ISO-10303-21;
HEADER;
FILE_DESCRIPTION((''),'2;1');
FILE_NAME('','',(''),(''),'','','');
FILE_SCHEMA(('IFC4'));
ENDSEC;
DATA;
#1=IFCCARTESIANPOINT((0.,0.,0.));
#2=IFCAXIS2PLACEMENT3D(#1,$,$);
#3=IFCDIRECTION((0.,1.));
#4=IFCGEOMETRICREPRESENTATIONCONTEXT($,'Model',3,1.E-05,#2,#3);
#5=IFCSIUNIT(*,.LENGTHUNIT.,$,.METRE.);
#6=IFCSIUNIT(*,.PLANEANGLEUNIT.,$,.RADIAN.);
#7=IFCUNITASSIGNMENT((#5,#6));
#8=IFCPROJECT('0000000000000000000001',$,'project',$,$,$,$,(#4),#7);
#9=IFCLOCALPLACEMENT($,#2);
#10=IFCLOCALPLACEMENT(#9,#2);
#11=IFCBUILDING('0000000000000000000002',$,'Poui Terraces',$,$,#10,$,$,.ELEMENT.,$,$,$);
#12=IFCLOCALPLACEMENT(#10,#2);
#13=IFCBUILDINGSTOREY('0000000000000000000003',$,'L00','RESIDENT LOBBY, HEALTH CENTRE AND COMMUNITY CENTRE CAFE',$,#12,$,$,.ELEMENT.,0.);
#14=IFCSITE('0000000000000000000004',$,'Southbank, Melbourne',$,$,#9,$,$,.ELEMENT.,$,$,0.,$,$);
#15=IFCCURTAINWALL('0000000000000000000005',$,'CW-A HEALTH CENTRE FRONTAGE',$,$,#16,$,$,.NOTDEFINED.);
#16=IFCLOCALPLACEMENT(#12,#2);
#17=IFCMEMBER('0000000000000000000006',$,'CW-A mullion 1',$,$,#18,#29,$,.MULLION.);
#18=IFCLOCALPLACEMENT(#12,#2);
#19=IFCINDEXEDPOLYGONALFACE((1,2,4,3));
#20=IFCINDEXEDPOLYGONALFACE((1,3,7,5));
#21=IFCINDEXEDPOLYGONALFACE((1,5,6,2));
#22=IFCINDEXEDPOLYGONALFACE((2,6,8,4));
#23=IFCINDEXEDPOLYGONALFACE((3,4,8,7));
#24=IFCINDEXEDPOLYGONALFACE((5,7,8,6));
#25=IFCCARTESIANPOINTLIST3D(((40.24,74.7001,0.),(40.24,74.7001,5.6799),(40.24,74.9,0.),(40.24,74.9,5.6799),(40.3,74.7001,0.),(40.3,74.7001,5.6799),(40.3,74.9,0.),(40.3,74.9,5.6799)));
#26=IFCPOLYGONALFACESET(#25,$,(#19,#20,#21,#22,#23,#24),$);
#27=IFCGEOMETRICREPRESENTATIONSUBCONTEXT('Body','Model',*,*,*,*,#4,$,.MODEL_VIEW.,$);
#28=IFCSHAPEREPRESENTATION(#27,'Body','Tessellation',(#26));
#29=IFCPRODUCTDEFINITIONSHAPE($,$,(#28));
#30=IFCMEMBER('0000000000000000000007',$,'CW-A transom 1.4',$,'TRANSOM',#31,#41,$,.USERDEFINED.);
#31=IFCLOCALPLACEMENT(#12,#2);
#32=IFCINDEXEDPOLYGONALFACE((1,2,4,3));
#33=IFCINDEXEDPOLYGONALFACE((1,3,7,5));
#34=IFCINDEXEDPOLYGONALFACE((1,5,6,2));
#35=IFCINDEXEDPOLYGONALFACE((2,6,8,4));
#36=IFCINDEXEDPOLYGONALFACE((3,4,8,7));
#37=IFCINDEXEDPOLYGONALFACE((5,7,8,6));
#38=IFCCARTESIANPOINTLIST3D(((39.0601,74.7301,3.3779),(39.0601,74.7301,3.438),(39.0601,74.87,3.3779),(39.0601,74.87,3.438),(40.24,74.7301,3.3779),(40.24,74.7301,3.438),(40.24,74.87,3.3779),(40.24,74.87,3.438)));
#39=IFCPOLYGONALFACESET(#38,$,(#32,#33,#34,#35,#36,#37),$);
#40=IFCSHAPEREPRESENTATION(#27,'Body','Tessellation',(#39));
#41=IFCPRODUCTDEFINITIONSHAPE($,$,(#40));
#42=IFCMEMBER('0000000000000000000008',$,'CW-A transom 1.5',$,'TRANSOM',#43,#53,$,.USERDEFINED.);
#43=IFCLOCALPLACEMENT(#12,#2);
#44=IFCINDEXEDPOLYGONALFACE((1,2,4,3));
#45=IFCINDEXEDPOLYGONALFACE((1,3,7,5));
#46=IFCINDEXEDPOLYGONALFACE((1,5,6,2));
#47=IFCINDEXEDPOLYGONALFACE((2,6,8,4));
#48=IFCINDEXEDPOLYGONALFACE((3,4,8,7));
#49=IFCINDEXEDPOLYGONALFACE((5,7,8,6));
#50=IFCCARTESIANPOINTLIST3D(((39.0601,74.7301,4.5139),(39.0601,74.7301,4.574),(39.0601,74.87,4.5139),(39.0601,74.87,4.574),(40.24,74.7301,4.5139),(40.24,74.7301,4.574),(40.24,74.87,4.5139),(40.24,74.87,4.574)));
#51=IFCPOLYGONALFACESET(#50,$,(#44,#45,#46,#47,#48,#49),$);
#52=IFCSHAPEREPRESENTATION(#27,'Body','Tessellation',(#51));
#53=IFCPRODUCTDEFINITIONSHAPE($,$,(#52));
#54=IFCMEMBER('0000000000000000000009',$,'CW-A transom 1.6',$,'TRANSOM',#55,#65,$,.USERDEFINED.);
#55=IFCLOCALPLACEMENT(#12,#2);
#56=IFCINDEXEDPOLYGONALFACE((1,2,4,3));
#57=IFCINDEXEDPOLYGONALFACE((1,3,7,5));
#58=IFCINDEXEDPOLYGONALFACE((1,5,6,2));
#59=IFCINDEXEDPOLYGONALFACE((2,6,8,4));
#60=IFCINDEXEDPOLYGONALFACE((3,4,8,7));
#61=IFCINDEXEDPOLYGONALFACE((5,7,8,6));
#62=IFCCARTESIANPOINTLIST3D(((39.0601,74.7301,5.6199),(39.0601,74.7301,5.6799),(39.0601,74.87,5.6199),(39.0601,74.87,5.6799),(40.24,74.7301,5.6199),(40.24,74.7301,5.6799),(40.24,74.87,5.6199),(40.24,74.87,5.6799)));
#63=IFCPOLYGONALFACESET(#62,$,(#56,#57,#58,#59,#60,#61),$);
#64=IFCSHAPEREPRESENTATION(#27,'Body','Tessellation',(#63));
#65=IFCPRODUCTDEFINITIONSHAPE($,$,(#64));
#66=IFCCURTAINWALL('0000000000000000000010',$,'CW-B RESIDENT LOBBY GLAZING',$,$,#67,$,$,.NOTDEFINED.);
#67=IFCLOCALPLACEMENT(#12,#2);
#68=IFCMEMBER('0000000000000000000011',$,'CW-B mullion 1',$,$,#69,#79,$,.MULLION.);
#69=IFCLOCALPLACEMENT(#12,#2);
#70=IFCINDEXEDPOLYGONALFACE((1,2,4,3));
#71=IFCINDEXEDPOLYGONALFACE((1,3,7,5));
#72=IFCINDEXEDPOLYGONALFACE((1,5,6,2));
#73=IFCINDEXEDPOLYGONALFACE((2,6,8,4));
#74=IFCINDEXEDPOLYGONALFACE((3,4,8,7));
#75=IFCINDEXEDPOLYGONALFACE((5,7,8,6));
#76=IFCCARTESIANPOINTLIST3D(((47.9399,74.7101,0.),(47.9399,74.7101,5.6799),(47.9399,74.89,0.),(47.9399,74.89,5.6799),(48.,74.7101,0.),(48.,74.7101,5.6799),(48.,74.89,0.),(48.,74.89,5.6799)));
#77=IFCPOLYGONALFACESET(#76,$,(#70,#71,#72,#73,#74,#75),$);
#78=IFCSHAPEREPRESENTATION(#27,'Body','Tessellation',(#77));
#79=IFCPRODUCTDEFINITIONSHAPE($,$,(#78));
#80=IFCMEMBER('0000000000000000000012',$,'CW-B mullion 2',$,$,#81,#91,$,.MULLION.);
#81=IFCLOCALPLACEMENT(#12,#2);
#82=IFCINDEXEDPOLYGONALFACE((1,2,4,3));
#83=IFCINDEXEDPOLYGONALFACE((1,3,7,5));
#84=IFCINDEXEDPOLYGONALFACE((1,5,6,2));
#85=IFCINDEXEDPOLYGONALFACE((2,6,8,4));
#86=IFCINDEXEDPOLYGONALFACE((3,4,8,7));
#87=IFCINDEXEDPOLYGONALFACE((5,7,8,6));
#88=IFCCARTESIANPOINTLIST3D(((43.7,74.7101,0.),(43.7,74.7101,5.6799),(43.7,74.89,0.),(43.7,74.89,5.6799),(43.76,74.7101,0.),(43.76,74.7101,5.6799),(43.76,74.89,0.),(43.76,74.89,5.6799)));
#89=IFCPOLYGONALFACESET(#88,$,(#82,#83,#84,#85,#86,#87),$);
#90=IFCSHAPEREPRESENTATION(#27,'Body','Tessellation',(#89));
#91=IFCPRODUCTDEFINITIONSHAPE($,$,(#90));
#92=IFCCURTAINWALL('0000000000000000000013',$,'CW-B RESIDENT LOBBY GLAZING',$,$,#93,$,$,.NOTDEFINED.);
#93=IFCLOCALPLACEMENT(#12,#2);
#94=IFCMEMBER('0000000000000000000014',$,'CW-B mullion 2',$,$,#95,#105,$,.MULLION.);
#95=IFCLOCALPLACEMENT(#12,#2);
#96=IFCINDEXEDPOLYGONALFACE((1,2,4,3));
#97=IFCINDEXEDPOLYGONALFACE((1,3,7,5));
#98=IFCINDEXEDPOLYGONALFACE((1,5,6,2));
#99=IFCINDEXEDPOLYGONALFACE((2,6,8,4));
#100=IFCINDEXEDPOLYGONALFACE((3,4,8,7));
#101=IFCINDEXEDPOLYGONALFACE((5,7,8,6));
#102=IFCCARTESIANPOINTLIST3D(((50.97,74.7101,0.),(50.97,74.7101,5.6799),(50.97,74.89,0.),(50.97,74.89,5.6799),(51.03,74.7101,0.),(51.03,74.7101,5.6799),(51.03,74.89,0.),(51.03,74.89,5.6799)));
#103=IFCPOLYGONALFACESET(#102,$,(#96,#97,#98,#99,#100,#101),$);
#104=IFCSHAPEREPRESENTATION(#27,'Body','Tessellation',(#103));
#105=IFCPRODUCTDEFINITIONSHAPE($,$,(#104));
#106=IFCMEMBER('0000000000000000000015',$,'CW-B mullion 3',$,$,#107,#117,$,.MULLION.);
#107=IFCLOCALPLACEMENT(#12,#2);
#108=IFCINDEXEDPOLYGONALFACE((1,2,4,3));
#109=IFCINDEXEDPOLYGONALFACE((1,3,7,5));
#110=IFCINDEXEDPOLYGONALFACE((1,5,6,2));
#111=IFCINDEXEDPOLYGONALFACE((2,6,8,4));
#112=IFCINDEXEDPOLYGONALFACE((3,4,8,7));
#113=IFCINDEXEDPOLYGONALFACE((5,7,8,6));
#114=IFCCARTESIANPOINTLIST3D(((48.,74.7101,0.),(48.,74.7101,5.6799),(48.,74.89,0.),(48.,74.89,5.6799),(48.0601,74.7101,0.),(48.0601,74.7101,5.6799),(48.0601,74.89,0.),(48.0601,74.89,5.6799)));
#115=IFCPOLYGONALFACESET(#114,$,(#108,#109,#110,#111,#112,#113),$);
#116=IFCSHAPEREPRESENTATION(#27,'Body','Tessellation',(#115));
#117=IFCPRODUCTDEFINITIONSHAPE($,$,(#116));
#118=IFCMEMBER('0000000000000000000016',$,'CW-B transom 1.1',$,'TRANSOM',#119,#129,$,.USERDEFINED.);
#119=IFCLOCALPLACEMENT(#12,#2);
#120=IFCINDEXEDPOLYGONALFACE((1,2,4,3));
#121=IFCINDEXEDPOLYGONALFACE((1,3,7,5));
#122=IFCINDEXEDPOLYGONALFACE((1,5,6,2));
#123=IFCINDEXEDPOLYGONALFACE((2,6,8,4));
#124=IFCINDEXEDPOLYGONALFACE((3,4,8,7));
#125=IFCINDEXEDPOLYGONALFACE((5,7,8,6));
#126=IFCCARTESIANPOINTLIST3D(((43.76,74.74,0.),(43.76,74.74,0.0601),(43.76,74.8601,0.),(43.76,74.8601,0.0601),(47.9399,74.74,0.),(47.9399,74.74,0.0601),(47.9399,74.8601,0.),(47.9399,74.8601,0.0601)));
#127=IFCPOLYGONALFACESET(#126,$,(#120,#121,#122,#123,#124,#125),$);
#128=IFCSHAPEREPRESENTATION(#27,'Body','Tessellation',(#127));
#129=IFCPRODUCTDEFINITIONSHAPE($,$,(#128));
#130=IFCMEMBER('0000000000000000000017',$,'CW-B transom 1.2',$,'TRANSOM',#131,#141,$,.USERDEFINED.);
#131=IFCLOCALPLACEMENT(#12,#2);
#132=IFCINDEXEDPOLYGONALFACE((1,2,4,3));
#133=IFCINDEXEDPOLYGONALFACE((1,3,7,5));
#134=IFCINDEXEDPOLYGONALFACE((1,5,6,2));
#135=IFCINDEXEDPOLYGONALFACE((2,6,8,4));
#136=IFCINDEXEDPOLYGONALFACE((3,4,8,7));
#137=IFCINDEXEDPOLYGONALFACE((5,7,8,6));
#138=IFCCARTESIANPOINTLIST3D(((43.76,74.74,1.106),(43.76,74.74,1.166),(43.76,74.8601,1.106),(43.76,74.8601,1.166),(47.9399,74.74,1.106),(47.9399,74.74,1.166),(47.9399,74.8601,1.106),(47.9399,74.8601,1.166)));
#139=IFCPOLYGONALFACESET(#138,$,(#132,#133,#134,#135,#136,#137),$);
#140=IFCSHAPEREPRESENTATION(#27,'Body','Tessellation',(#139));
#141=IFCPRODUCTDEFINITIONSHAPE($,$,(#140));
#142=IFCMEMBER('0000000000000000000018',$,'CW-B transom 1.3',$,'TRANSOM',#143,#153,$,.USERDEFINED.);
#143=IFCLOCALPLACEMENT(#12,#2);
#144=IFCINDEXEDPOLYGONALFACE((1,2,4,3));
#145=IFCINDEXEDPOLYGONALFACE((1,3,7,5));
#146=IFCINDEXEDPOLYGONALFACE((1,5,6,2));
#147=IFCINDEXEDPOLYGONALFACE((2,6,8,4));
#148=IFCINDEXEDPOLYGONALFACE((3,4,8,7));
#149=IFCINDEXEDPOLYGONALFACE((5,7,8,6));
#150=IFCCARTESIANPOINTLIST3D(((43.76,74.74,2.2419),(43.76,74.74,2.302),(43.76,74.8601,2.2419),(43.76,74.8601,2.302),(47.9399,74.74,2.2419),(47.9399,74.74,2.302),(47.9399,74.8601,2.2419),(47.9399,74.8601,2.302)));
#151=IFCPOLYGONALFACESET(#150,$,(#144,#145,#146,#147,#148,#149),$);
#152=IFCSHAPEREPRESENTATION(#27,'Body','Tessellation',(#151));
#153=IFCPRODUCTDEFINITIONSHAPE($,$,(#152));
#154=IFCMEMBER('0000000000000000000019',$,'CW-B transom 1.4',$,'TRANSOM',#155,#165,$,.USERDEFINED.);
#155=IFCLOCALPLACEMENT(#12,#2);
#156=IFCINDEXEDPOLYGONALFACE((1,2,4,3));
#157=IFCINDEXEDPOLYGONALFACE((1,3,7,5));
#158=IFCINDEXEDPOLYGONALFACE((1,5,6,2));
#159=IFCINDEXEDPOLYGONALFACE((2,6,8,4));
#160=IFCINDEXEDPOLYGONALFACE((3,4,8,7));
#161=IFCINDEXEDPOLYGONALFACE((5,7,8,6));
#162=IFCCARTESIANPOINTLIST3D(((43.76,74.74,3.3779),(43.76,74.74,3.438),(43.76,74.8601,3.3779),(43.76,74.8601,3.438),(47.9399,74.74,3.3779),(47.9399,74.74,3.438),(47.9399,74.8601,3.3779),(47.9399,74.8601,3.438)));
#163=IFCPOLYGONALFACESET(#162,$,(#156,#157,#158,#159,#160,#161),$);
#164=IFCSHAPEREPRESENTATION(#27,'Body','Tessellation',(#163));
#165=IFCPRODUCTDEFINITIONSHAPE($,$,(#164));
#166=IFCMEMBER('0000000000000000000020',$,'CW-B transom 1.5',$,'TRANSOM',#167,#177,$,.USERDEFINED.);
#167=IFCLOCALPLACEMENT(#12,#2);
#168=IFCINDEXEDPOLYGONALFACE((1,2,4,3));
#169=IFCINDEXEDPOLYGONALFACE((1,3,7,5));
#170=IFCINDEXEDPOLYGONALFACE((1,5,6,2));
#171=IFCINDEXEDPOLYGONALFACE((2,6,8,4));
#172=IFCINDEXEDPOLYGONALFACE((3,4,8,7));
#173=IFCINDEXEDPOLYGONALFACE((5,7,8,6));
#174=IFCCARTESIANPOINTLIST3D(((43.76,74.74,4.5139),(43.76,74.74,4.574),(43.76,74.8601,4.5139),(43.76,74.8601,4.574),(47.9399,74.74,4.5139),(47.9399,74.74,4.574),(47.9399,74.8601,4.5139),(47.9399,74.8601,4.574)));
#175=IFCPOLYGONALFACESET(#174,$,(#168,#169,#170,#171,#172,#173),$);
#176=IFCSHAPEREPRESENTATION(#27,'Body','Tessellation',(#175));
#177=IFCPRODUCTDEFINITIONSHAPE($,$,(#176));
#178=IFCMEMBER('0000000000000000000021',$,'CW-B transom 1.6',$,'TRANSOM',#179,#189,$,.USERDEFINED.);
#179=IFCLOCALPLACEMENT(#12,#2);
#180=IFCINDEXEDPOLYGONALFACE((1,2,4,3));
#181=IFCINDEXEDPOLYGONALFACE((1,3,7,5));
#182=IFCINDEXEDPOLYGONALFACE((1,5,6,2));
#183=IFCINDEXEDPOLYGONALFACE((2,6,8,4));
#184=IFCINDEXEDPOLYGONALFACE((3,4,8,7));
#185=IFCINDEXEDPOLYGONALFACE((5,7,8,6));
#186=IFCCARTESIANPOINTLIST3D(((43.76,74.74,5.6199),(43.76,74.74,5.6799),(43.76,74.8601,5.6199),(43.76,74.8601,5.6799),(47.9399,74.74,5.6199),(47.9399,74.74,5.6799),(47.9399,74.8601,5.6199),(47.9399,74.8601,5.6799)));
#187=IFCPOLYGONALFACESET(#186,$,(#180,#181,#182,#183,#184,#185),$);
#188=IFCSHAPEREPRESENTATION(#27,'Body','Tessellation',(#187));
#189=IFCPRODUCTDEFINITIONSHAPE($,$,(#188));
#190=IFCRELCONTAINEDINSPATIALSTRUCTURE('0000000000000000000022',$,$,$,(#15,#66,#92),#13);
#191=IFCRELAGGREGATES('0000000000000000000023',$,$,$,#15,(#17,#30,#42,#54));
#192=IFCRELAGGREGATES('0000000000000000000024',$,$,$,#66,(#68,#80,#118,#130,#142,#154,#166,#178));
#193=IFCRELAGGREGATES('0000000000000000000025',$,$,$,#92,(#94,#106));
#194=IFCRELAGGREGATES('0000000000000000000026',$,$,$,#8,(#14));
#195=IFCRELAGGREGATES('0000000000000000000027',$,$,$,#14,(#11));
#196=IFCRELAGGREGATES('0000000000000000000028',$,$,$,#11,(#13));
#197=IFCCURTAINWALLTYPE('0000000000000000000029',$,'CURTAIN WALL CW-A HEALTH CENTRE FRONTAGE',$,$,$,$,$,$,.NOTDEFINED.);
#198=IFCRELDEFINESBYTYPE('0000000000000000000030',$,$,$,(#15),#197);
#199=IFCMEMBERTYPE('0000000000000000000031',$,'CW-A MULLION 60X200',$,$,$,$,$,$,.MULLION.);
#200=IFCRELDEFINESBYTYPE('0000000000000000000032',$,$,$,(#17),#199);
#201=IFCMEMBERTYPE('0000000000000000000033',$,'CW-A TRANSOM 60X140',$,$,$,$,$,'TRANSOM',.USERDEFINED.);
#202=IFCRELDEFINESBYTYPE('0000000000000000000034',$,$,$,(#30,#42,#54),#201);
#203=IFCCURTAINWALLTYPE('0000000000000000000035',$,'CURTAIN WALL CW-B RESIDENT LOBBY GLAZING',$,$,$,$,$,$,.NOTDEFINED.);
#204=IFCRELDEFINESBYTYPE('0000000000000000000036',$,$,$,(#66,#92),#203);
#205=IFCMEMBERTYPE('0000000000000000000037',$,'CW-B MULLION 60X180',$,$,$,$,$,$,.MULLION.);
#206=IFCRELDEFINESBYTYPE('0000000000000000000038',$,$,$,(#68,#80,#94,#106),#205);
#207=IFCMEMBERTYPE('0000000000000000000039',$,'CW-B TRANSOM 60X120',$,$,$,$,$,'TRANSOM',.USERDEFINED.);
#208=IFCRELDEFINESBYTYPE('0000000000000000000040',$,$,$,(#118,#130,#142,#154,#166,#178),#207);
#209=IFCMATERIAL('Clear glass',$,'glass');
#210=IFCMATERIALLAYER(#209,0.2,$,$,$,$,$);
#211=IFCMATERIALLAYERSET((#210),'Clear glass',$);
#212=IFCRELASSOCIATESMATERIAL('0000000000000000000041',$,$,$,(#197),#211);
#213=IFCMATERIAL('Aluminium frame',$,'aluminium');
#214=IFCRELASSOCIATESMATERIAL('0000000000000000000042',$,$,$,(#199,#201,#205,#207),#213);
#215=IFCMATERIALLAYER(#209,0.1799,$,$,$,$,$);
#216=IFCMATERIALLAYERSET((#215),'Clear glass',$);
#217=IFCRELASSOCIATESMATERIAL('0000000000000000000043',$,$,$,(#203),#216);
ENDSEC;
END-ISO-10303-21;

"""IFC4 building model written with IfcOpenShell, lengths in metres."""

from ifc_helpers import new_model, si_unit, direction, frame, origin, origin_2d, place, context, subcontext, project, spatial, rectangle, extrude, material, layer, layer_set, material_profile, profile_set, type_object, element, aggregate, save


model = new_model("IFC4")

# Units and contexts
model_context = context("Model", 3, precision=1e-05, world=origin(), true_north=direction((0.0, 1.0)))
body_context = subcontext(model_context, "Body", "Model", "MODEL_VIEW")
ifc_project = project(units=[si_unit("LENGTHUNIT", "METRE"), si_unit("PLANEANGLEUNIT", "RADIAN")], contexts=[model_context])

# Site, building, storey
site_placement = place(None, origin())
site = spatial("IfcSite", under=ifc_project, at=site_placement, Name="Southbank, Melbourne", CompositionType="ELEMENT", RefElevation=0.0)
building_placement = place(site_placement, origin())
building = spatial("IfcBuilding", under=site, at=building_placement, Name="Poui Terraces", CompositionType="ELEMENT")
storey_placement = place(building_placement, origin())
storey = spatial("IfcBuildingStorey", under=building, at=storey_placement, Name="L00", Description="RESIDENT LOBBY, HEALTH CENTRE AND COMMUNITY CENTRE CAFE", CompositionType="ELEMENT", Elevation=0.0)

# Curtain walls, members
ifc_material_1 = material(Name="Clear glass", Category="glass")
ifc_layer_1 = layer(ifc_material_1, 0.2)
ifc_layer_set_1 = layer_set([ifc_layer_1], Name="Clear glass")
curtain_wall_type_1 = type_object("IfcCurtainWallType", Name="CURTAIN WALL CW-A HEALTH CENTRE FRONTAGE", PredefinedType="NOTDEFINED", material=ifc_layer_set_1)
curtain_wall_1_placement = place(storey_placement, origin())
curtain_wall_1 = element("IfcCurtainWall", 1, at=curtain_wall_1_placement, inside=storey, type_object=curtain_wall_type_1, Name="CW-A HEALTH CENTRE FRONTAGE", PredefinedType="NOTDEFINED")
ifc_material_2 = material(Name="Aluminium frame", Category="aluminium")
ifc_material_profile_1 = material_profile(ifc_material_2, rectangle(XDim=0.2, YDim=0.0601, at=origin_2d()), Name="CW-A MULLION 60X200")
ifc_profile_set_1 = profile_set([ifc_material_profile_1], Name="Aluminium frame")
member_type_1 = type_object("IfcMemberType", Name="CW-A MULLION 60X200", PredefinedType="MULLION", material=ifc_profile_set_1)
member_1_placement = place(storey_placement, frame((40.27, 74.8, 0.0), z_axis=(0.0, 0.0, 1.0), x_axis=(0.0, -1.0, 0.0)))
member_1 = element("IfcMember", 2, at=member_1_placement, type_object=member_type_1, Name="CW-A mullion 1", PredefinedType="MULLION", context=body_context, shape_type="SweptSolid", body=[
    extrude(rectangle(XDim=0.2, YDim=0.0601, at=origin_2d()), origin(), (0.0, 0.0, 1.0), 5.6799),
])
ifc_material_profile_2 = material_profile(ifc_material_2, rectangle(XDim=0.1399, YDim=0.0601, at=origin_2d()), Name="CW-A TRANSOM 60X140")
ifc_profile_set_2 = profile_set([ifc_material_profile_2], Name="Aluminium frame")
member_type_2 = type_object("IfcMemberType", Name="CW-A TRANSOM 60X140", ElementType="TRANSOM", PredefinedType="USERDEFINED", material=ifc_profile_set_2)
member_2_placement = place(storey_placement, frame((40.24, 74.8, 3.408), z_axis=(-1.0, 0.0, 0.0), x_axis=(0.0, -1.0, 0.0)))
member_2 = element("IfcMember", 3, at=member_2_placement, type_object=member_type_2, Name="CW-A transom 1.4", ObjectType="TRANSOM", PredefinedType="USERDEFINED", context=body_context, shape_type="SweptSolid", body=[
    extrude(rectangle(XDim=0.1399, YDim=0.0601, at=origin_2d()), origin(), (0.0, 0.0, 1.0), 1.1799),
])
member_3_placement = place(storey_placement, frame((40.24, 74.8, 4.5439), z_axis=(-1.0, 0.0, 0.0), x_axis=(0.0, -1.0, 0.0)))
member_3 = element("IfcMember", 4, at=member_3_placement, type_object=member_type_2, Name="CW-A transom 1.5", ObjectType="TRANSOM", PredefinedType="USERDEFINED", context=body_context, shape_type="SweptSolid", body=[
    extrude(rectangle(XDim=0.1399, YDim=0.0601, at=origin_2d()), origin(), (0.0, 0.0, 1.0), 1.1799),
])
member_4_placement = place(storey_placement, frame((40.24, 74.8, 5.6499), z_axis=(-1.0, 0.0, 0.0), x_axis=(0.0, -1.0, 0.0)))
member_4 = element("IfcMember", 5, at=member_4_placement, type_object=member_type_2, Name="CW-A transom 1.6", ObjectType="TRANSOM", PredefinedType="USERDEFINED", context=body_context, shape_type="SweptSolid", body=[
    extrude(rectangle(XDim=0.1399, YDim=0.0601, at=origin_2d()), origin(), (0.0, 0.0, 1.0), 1.1799),
])
aggregate(curtain_wall_1, [member_1, member_2, member_3, member_4])
ifc_layer_2 = layer(ifc_material_1, 0.1799)
ifc_layer_set_2 = layer_set([ifc_layer_2], Name="Clear glass")
curtain_wall_type_2 = type_object("IfcCurtainWallType", Name="CURTAIN WALL CW-B RESIDENT LOBBY GLAZING", PredefinedType="NOTDEFINED", material=ifc_layer_set_2)
curtain_wall_2_placement = place(storey_placement, origin())
curtain_wall_2 = element("IfcCurtainWall", 6, at=curtain_wall_2_placement, inside=storey, type_object=curtain_wall_type_2, Name="CW-B RESIDENT LOBBY GLAZING", PredefinedType="NOTDEFINED")
ifc_material_profile_3 = material_profile(ifc_material_2, rectangle(XDim=0.1799, YDim=0.0601, at=origin_2d()), Name="CW-B MULLION 60X180")
ifc_profile_set_3 = profile_set([ifc_material_profile_3], Name="Aluminium frame")
member_type_3 = type_object("IfcMemberType", Name="CW-B MULLION 60X180", PredefinedType="MULLION", material=ifc_profile_set_3)
member_5_placement = place(storey_placement, frame((47.97, 74.8, 0.0), z_axis=(0.0, 0.0, 1.0), x_axis=(0.0, -1.0, 0.0)))
member_5 = element("IfcMember", 7, at=member_5_placement, type_object=member_type_3, Name="CW-B mullion 1", PredefinedType="MULLION", context=body_context, shape_type="SweptSolid", body=[
    extrude(rectangle(XDim=0.1799, YDim=0.0601, at=origin_2d()), origin(), (0.0, 0.0, 1.0), 5.6799),
])
member_6_placement = place(storey_placement, frame((43.73, 74.8, 0.0), z_axis=(0.0, 0.0, 1.0), x_axis=(0.0, -1.0, 0.0)))
member_6 = element("IfcMember", 8, at=member_6_placement, type_object=member_type_3, Name="CW-B mullion 2", PredefinedType="MULLION", context=body_context, shape_type="SweptSolid", body=[
    extrude(rectangle(XDim=0.1799, YDim=0.0601, at=origin_2d()), origin(), (0.0, 0.0, 1.0), 5.6799),
])
curtain_wall_3_placement = place(storey_placement, origin())
curtain_wall_3 = element("IfcCurtainWall", 9, at=curtain_wall_3_placement, inside=storey, type_object=curtain_wall_type_2, Name="CW-B RESIDENT LOBBY GLAZING", PredefinedType="NOTDEFINED")
member_7_placement = place(storey_placement, frame((51.0, 74.8, 0.0), z_axis=(0.0, 0.0, 1.0), x_axis=(0.0, -1.0, 0.0)))
member_7 = element("IfcMember", 10, at=member_7_placement, type_object=member_type_3, Name="CW-B mullion 2", PredefinedType="MULLION", context=body_context, shape_type="SweptSolid", body=[
    extrude(rectangle(XDim=0.1799, YDim=0.0601, at=origin_2d()), origin(), (0.0, 0.0, 1.0), 5.6799),
])
member_8_placement = place(storey_placement, frame((48.03, 74.8, 0.0), z_axis=(0.0, 0.0, 1.0), x_axis=(0.0, -1.0, 0.0)))
member_8 = element("IfcMember", 11, at=member_8_placement, type_object=member_type_3, Name="CW-B mullion 3", PredefinedType="MULLION", context=body_context, shape_type="SweptSolid", body=[
    extrude(rectangle(XDim=0.1799, YDim=0.0601, at=origin_2d()), origin(), (0.0, 0.0, 1.0), 5.6799),
])

# Members
ifc_material_profile_4 = material_profile(ifc_material_2, rectangle(XDim=0.1201, YDim=0.0601, at=origin_2d()), Name="CW-B TRANSOM 60X120")
ifc_profile_set_4 = profile_set([ifc_material_profile_4], Name="Aluminium frame")
member_type_4 = type_object("IfcMemberType", Name="CW-B TRANSOM 60X120", ElementType="TRANSOM", PredefinedType="USERDEFINED", material=ifc_profile_set_4)
member_9_placement = place(storey_placement, frame((47.9399, 74.8, 0.03), z_axis=(-1.0, 0.0, 0.0), x_axis=(0.0, -1.0, 0.0)))
member_9 = element("IfcMember", 12, at=member_9_placement, type_object=member_type_4, Name="CW-B transom 1.1", ObjectType="TRANSOM", PredefinedType="USERDEFINED", context=body_context, shape_type="SweptSolid", body=[
    extrude(rectangle(XDim=0.1201, YDim=0.0601, at=origin_2d()), origin(), (0.0, 0.0, 1.0), 4.1799),
])
member_10_placement = place(storey_placement, frame((47.9399, 74.8, 1.136), z_axis=(-1.0, 0.0, 0.0), x_axis=(0.0, -1.0, 0.0)))
member_10 = element("IfcMember", 13, at=member_10_placement, type_object=member_type_4, Name="CW-B transom 1.2", ObjectType="TRANSOM", PredefinedType="USERDEFINED", context=body_context, shape_type="SweptSolid", body=[
    extrude(rectangle(XDim=0.1201, YDim=0.0601, at=origin_2d()), origin(), (0.0, 0.0, 1.0), 4.1799),
])
member_11_placement = place(storey_placement, frame((47.9399, 74.8, 2.272), z_axis=(-1.0, 0.0, 0.0), x_axis=(0.0, -1.0, 0.0)))
member_11 = element("IfcMember", 14, at=member_11_placement, type_object=member_type_4, Name="CW-B transom 1.3", ObjectType="TRANSOM", PredefinedType="USERDEFINED", context=body_context, shape_type="SweptSolid", body=[
    extrude(rectangle(XDim=0.1201, YDim=0.0601, at=origin_2d()), origin(), (0.0, 0.0, 1.0), 4.1799),
])
member_12_placement = place(storey_placement, frame((47.9399, 74.8, 3.408), z_axis=(-1.0, 0.0, 0.0), x_axis=(0.0, -1.0, 0.0)))
member_12 = element("IfcMember", 15, at=member_12_placement, type_object=member_type_4, Name="CW-B transom 1.4", ObjectType="TRANSOM", PredefinedType="USERDEFINED", context=body_context, shape_type="SweptSolid", body=[
    extrude(rectangle(XDim=0.1201, YDim=0.0601, at=origin_2d()), origin(), (0.0, 0.0, 1.0), 4.1799),
])
member_13_placement = place(storey_placement, frame((47.9399, 74.8, 4.5439), z_axis=(-1.0, 0.0, 0.0), x_axis=(0.0, -1.0, 0.0)))
member_13 = element("IfcMember", 16, at=member_13_placement, type_object=member_type_4, Name="CW-B transom 1.5", ObjectType="TRANSOM", PredefinedType="USERDEFINED", context=body_context, shape_type="SweptSolid", body=[
    extrude(rectangle(XDim=0.1201, YDim=0.0601, at=origin_2d()), origin(), (0.0, 0.0, 1.0), 4.1799),
])
member_14_placement = place(storey_placement, frame((47.9399, 74.8, 5.6499), z_axis=(-1.0, 0.0, 0.0), x_axis=(0.0, -1.0, 0.0)))
member_14 = element("IfcMember", 17, at=member_14_placement, type_object=member_type_4, Name="CW-B transom 1.6", ObjectType="TRANSOM", PredefinedType="USERDEFINED", context=body_context, shape_type="SweptSolid", body=[
    extrude(rectangle(XDim=0.1201, YDim=0.0601, at=origin_2d()), origin(), (0.0, 0.0, 1.0), 4.1799),
])

aggregate(curtain_wall_2, [member_5, member_6, member_9, member_10, member_11, member_12, member_13, member_14])
aggregate(curtain_wall_3, [member_7, member_8])

save(model, "model.ifc")
